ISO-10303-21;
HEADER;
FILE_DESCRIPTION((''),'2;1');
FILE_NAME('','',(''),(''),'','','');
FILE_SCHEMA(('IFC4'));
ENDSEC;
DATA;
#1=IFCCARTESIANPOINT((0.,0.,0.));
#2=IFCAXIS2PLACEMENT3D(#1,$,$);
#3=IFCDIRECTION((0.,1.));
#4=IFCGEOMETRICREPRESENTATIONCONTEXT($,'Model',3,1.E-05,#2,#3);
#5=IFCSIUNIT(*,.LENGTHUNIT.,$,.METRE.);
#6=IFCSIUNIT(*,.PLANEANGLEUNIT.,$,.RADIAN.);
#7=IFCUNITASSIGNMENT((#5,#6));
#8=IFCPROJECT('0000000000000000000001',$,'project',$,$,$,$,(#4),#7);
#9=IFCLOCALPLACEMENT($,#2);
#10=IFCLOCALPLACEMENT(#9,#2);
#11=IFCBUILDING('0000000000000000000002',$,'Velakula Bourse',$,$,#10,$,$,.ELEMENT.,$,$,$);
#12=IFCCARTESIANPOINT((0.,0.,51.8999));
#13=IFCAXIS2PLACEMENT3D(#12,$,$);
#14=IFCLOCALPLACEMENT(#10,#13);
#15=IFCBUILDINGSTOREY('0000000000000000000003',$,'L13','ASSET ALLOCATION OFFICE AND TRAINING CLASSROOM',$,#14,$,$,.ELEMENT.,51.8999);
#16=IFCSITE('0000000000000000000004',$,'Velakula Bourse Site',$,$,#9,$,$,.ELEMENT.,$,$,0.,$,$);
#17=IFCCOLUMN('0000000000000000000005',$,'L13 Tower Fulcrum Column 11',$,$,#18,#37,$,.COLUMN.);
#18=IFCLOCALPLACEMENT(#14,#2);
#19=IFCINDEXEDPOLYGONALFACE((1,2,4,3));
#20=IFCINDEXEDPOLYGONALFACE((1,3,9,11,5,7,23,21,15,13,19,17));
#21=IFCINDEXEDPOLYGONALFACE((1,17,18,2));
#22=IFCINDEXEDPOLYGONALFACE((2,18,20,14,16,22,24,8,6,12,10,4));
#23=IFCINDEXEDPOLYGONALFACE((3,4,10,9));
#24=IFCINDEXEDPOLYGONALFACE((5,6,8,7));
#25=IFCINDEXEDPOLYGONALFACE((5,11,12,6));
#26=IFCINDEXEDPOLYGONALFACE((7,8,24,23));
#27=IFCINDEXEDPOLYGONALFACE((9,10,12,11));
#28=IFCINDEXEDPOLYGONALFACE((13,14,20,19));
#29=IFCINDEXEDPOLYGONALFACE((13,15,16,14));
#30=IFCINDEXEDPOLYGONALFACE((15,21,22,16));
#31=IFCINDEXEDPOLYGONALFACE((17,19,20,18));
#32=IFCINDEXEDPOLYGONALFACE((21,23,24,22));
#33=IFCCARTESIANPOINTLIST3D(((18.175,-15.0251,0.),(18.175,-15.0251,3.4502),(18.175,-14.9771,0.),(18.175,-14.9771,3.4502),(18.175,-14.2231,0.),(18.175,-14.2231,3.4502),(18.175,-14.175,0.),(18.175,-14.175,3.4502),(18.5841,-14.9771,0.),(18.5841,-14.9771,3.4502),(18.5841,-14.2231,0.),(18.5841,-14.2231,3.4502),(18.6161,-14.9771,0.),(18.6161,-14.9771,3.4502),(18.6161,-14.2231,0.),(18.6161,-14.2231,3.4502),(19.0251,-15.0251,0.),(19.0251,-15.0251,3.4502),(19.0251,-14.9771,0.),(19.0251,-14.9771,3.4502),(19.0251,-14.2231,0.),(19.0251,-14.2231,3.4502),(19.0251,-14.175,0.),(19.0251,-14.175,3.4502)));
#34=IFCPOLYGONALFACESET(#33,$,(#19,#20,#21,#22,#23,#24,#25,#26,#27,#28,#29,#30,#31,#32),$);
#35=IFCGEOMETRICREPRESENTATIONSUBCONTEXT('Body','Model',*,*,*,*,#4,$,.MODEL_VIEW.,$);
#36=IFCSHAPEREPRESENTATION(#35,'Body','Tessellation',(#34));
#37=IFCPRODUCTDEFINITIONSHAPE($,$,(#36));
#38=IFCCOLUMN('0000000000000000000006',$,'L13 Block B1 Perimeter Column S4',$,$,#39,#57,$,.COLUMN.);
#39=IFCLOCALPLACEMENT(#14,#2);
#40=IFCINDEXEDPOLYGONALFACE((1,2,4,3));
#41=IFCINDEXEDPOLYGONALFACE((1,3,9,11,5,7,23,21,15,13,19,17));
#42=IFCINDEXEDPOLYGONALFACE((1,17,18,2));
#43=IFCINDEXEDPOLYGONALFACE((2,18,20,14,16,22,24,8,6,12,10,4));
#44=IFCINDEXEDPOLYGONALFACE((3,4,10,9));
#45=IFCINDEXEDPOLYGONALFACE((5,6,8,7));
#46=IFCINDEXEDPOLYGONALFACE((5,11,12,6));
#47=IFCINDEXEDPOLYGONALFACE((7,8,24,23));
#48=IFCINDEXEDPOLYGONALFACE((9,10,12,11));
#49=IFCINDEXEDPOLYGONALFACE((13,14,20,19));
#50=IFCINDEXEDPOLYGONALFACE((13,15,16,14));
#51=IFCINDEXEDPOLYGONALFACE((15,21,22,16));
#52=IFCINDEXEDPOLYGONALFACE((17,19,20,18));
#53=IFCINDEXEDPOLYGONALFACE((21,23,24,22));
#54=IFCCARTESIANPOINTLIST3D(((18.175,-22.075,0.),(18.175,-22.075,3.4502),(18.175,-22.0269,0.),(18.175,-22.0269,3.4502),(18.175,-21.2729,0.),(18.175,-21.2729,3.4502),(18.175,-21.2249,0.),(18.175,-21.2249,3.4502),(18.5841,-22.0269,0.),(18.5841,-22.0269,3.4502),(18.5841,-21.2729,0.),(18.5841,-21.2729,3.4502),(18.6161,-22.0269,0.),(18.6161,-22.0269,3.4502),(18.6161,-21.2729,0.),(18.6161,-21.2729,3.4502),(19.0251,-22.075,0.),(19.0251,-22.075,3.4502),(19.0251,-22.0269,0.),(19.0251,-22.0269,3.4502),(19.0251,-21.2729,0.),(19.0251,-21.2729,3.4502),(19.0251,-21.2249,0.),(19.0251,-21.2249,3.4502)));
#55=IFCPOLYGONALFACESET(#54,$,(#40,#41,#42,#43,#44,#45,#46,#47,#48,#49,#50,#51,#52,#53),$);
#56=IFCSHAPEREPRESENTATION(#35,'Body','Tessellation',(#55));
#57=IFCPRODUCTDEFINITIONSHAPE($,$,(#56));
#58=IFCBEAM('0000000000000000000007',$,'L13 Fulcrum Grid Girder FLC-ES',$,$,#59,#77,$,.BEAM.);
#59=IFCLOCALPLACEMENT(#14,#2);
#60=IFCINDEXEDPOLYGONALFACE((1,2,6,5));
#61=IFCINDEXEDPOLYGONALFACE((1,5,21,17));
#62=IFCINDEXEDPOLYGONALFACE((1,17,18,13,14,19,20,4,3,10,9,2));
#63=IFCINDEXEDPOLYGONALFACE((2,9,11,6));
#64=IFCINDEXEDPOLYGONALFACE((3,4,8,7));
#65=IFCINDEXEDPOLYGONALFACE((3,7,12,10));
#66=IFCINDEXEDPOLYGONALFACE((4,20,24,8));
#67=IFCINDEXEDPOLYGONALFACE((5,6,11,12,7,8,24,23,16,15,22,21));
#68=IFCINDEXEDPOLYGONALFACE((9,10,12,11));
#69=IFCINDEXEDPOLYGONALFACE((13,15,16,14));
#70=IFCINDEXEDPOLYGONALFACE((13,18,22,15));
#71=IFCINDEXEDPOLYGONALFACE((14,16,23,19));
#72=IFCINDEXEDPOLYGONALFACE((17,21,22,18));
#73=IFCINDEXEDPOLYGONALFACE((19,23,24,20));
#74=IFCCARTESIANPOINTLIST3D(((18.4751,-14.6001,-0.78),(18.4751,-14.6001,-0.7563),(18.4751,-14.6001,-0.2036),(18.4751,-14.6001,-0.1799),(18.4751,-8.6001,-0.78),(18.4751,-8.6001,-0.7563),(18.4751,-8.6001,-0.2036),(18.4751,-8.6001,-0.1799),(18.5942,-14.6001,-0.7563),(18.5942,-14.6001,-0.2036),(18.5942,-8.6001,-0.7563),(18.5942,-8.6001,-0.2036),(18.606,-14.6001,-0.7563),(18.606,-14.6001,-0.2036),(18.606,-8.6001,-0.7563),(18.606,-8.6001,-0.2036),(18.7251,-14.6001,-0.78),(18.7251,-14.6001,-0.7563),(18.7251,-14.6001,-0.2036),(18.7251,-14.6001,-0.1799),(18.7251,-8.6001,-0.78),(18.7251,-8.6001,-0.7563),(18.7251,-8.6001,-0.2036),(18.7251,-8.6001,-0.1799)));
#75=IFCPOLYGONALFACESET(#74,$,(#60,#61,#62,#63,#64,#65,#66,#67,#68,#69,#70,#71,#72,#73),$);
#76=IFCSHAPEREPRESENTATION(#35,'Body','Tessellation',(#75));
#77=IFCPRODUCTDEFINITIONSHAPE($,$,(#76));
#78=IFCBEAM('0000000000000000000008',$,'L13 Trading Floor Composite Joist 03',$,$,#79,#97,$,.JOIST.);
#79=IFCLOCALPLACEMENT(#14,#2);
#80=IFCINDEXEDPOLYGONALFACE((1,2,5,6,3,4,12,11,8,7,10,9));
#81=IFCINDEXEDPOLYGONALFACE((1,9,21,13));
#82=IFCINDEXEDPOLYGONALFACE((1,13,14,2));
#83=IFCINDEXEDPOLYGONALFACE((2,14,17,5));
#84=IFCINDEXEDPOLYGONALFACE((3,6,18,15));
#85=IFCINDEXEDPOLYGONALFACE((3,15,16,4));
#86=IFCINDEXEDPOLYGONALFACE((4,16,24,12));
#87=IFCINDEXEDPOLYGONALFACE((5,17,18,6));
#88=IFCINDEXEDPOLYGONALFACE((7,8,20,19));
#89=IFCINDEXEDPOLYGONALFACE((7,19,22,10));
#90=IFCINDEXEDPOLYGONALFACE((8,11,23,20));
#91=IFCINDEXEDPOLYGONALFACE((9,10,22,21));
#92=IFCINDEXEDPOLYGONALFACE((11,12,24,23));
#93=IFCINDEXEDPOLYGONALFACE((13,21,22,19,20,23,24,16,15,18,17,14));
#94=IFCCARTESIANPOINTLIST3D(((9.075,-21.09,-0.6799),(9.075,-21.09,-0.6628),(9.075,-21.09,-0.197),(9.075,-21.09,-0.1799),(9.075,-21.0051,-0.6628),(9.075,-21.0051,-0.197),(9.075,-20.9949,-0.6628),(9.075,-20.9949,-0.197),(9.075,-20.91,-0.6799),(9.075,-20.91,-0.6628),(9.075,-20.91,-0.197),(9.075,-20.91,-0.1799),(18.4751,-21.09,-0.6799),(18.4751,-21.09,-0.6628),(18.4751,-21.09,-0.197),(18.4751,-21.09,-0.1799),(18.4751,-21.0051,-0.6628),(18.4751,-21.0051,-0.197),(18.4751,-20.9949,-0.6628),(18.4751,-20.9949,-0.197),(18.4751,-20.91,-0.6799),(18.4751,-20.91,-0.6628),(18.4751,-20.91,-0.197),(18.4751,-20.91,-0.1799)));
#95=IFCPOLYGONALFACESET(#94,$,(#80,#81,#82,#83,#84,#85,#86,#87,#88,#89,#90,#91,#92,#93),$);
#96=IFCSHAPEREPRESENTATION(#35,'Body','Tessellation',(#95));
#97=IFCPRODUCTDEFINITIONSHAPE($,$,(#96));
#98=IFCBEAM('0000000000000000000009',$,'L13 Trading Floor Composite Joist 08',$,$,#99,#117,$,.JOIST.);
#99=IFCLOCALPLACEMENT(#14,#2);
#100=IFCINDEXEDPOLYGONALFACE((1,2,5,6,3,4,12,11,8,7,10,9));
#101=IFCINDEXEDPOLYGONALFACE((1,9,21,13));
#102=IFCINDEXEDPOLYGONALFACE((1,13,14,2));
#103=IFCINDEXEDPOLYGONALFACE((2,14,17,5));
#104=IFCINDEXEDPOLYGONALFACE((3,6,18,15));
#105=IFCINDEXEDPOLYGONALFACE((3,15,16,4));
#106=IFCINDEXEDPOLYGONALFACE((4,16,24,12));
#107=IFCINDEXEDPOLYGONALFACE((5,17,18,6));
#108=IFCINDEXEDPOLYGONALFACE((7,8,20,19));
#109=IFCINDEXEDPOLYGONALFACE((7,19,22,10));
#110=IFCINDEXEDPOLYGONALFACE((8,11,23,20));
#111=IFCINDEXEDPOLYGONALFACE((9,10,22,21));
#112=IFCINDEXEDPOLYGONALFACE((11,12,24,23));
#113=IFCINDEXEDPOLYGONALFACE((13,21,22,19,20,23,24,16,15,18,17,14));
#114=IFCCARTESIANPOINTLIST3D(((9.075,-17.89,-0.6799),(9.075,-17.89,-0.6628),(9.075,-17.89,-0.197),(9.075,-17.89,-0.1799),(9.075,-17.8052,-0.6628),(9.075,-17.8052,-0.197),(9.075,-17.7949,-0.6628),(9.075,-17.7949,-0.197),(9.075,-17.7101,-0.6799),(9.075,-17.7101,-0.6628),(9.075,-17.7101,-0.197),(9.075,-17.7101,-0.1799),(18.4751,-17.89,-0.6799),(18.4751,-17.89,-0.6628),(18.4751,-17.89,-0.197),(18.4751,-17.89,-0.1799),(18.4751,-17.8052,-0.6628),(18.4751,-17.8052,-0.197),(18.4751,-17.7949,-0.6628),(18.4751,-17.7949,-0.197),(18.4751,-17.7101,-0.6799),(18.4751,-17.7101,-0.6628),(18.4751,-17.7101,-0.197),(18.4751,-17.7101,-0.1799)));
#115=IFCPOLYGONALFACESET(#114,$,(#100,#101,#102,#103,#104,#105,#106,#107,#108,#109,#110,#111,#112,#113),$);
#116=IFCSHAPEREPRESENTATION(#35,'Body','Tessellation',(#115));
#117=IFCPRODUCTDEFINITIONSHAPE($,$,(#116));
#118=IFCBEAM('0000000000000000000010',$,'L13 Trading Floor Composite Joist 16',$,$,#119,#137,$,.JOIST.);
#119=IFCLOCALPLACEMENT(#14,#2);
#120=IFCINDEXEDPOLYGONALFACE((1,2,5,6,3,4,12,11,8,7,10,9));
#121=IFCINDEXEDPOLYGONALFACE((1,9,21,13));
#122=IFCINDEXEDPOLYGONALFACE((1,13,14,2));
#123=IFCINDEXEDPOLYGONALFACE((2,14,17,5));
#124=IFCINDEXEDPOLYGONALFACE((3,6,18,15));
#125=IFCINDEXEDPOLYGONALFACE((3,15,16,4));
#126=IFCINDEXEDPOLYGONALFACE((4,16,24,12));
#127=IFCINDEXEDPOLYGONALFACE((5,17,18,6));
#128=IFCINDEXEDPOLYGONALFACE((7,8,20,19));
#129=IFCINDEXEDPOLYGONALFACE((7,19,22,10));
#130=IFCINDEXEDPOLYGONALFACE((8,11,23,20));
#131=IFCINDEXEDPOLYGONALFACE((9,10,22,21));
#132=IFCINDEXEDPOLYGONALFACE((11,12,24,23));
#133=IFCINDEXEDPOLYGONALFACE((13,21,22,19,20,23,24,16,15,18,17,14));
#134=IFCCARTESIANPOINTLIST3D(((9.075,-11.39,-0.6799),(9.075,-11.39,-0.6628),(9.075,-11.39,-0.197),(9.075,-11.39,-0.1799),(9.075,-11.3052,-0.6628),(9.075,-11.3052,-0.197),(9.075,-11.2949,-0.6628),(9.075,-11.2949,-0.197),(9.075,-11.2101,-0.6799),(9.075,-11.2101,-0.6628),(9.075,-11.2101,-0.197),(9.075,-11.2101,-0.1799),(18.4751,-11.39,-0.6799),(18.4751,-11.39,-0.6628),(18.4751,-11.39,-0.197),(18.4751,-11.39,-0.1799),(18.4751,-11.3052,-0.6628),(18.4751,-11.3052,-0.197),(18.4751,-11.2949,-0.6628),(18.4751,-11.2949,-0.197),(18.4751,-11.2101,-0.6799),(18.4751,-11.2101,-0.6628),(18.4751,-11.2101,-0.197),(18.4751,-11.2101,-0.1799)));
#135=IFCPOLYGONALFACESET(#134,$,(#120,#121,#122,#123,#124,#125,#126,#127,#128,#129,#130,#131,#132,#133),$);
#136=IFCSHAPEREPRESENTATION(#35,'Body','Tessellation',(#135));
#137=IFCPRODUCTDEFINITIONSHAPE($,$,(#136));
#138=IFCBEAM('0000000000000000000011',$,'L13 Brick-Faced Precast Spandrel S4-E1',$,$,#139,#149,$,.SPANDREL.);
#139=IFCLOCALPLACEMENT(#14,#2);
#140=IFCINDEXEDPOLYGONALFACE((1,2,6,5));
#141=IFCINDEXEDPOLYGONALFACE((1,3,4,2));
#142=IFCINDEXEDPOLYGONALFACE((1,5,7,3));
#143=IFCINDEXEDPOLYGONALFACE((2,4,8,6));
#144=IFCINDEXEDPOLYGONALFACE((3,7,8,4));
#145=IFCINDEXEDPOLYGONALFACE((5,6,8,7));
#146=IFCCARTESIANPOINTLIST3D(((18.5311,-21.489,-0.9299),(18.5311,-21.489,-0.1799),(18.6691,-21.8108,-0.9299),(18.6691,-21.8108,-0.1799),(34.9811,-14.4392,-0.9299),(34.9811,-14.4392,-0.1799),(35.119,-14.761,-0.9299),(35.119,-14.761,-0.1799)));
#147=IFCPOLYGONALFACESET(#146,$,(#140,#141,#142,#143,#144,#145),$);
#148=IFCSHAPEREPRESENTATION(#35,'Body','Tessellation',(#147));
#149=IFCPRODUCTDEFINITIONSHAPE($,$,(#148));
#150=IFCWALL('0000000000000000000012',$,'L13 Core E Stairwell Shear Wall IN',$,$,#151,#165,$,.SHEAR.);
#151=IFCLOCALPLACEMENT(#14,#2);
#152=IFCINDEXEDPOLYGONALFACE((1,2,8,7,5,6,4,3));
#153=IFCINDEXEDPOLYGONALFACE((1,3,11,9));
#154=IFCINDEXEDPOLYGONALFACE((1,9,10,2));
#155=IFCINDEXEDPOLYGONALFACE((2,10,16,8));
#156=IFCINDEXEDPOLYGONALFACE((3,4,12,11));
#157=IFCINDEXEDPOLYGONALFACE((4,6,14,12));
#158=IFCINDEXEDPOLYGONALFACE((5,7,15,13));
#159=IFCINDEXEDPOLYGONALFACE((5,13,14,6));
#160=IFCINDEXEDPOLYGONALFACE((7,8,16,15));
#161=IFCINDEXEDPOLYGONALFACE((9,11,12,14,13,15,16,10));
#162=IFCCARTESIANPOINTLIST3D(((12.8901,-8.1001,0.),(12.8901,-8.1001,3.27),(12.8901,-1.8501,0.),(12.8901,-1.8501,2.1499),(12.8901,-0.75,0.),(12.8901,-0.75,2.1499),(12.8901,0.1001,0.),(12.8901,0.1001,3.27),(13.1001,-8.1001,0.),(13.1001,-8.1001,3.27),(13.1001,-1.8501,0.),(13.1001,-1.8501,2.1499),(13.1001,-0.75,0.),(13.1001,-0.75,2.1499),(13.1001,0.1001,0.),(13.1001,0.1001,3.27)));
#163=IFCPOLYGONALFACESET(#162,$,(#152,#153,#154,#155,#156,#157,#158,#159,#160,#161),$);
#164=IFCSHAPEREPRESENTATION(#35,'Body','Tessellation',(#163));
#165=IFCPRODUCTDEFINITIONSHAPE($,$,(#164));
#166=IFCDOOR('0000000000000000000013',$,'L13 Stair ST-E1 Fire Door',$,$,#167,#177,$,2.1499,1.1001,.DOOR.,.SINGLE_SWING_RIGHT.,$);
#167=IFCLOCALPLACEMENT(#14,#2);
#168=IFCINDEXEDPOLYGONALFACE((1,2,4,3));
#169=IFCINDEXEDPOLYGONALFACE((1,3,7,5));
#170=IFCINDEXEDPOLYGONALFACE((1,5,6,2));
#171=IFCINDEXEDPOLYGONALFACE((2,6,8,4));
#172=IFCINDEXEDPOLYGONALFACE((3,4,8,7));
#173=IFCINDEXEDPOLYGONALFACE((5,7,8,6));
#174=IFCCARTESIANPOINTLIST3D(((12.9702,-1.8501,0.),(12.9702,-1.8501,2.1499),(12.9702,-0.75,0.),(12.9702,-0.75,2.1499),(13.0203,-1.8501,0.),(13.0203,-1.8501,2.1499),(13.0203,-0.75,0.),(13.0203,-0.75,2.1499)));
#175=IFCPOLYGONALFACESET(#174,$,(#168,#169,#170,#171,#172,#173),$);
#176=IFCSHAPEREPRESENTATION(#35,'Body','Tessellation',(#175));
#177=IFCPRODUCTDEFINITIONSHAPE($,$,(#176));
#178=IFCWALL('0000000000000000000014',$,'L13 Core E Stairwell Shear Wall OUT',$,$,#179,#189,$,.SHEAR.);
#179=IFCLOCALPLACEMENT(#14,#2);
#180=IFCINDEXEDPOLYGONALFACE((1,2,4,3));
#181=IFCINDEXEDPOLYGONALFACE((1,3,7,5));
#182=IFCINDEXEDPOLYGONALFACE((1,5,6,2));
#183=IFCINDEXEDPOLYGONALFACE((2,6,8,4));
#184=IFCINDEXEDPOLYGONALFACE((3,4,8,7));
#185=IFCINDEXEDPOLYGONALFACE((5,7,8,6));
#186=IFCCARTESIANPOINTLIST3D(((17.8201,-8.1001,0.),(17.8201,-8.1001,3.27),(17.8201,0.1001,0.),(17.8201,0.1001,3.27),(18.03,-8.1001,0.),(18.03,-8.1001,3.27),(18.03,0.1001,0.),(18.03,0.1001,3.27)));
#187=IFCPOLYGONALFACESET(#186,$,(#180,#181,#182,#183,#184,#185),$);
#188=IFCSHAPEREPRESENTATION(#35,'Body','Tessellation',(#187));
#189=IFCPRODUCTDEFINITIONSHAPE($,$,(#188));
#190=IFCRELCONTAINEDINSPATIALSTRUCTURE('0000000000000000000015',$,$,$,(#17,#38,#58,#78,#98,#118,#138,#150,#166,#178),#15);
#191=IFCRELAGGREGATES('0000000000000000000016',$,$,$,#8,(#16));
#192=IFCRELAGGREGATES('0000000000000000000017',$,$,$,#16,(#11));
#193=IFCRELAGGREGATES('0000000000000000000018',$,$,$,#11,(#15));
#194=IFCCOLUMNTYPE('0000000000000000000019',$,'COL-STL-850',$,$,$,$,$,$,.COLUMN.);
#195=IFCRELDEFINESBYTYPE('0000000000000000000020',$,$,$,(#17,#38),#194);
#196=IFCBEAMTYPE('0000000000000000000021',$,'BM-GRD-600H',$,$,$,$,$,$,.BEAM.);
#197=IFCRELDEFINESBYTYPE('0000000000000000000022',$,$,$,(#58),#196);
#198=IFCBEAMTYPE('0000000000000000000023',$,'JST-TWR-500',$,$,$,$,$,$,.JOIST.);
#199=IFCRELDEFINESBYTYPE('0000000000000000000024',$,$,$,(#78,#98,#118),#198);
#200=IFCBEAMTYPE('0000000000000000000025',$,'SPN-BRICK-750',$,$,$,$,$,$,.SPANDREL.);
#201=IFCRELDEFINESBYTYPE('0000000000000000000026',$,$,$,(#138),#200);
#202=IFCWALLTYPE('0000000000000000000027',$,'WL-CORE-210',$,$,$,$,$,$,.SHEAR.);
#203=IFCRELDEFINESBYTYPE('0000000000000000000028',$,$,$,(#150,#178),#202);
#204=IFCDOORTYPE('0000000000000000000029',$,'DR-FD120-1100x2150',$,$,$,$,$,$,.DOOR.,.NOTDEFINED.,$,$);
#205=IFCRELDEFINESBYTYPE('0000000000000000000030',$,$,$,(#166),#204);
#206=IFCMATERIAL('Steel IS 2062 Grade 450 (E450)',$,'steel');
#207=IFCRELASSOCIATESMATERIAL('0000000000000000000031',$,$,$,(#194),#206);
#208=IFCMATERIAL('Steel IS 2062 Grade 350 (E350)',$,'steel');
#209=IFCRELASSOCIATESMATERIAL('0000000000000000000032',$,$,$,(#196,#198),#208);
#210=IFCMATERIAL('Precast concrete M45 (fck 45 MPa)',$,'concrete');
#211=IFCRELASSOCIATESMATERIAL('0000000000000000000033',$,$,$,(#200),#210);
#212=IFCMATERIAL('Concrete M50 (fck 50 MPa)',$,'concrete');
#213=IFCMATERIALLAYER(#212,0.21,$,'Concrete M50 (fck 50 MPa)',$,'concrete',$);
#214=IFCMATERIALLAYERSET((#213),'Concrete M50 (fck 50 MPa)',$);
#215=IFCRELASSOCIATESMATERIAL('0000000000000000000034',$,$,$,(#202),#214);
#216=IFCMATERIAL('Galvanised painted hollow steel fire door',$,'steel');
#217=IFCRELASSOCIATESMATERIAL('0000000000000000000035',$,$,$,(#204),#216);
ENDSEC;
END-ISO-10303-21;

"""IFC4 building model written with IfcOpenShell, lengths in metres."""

from ifc_helpers import new_model, si_unit, direction, frame, frame_2d, origin, origin_2d, place, context, subcontext, project, spatial, rectangle, i_section, extrude, material, layer, layer_set, material_profile, profile_set, type_object, element, fill, save


model = new_model("IFC4")

# Units and contexts
model_context = context("Model", 3, precision=1e-05, world=origin(), true_north=direction((0.0, 1.0)))
body_context = subcontext(model_context, "Body", "Model", "MODEL_VIEW")
ifc_project = project(units=[si_unit("LENGTHUNIT", "METRE"), si_unit("PLANEANGLEUNIT", "RADIAN")], contexts=[model_context])

# Site, building, storey
site_placement = place(None, origin())
site = spatial("IfcSite", under=ifc_project, at=site_placement, Name="Velakula Bourse Site", CompositionType="ELEMENT", RefElevation=0.0)
building_placement = place(site_placement, origin())
building = spatial("IfcBuilding", under=site, at=building_placement, Name="Velakula Bourse", CompositionType="ELEMENT")
storey_placement = place(building_placement, frame((0.0, 0.0, 51.8999)))
storey = spatial("IfcBuildingStorey", under=building, at=storey_placement, Name="L13", Description="ASSET ALLOCATION OFFICE AND TRAINING CLASSROOM", CompositionType="ELEMENT", Elevation=51.8999)

# Columns
ifc_material_1 = material(Name="Steel IS 2062 Grade 450 (E450)", Category="steel")
ifc_material_profile_1 = material_profile(ifc_material_1, i_section(OverallWidth=0.8501, OverallDepth=0.8501, WebThickness=0.032, FlangeThickness=0.0481, at=origin_2d()), Name="Steel IS 2062 Grade 450 (E450)")
ifc_profile_set_1 = profile_set([ifc_material_profile_1], Name="Steel IS 2062 Grade 450 (E450)")
column_type = type_object("IfcColumnType", Name="COL-STL-850", PredefinedType="COLUMN", material=ifc_profile_set_1)
for number, where, z_axis, x_axis, name in (
    (1, (18.6001, -14.6001, 0.0), (0.0, 0.0, 1.0), (1.0, 0.0, 0.0), "L13 Tower Fulcrum Column 11"),
    (2, (18.6001, -21.6499, 0.0), (0.0, 0.0, 1.0), (1.0, 0.0, 0.0), "L13 Block B1 Perimeter Column S4"),
):
    element("IfcColumn", number, at=place(storey_placement, frame(where, z_axis=z_axis, x_axis=x_axis)), inside=storey, type_object=column_type, Name=name, PredefinedType="COLUMN", context=body_context, shape_type="SweptSolid", body=[
        extrude(i_section(OverallWidth=0.8501, OverallDepth=0.8501, WebThickness=0.032, FlangeThickness=0.0481, at=origin_2d()), origin(), (0.0, 0.0, 1.0), 3.4502),
    ])

# Beams
ifc_material_2 = material(Name="Steel IS 2062 Grade 350 (E350)", Category="steel")
ifc_material_profile_2 = material_profile(ifc_material_2, i_section(OverallWidth=0.25, OverallDepth=0.6001, WebThickness=0.0117, FlangeThickness=0.0237, at=origin_2d()), Name="Steel IS 2062 Grade 350 (E350)")
ifc_profile_set_2 = profile_set([ifc_material_profile_2], Name="Steel IS 2062 Grade 350 (E350)")
beam_type_1 = type_object("IfcBeamType", Name="BM-GRD-600H", PredefinedType="BEAM", material=ifc_profile_set_2)
beam_1_placement = place(storey_placement, frame((18.6001, -14.6001, -0.48), z_axis=(0.0, 1.0, 0.0), x_axis=(-1.0, 0.0, 0.0)))
element("IfcBeam", 3, at=beam_1_placement, inside=storey, type_object=beam_type_1, Name="L13 Fulcrum Grid Girder FLC-ES", PredefinedType="BEAM", context=body_context, shape_type="SweptSolid", body=[
    extrude(i_section(OverallWidth=0.25, OverallDepth=0.6001, WebThickness=0.0117, FlangeThickness=0.0237, at=origin_2d()), origin(), (0.0, 0.0, 1.0), 6.0),
])
ifc_material_profile_3 = material_profile(ifc_material_2, i_section(OverallWidth=0.1799, OverallDepth=0.5, WebThickness=0.0103, FlangeThickness=0.0171, at=origin_2d()), Name="Steel IS 2062 Grade 350 (E350)")
ifc_profile_set_3 = profile_set([ifc_material_profile_3], Name="Steel IS 2062 Grade 350 (E350)")
beam_type_2 = type_object("IfcBeamType", Name="JST-TWR-500", PredefinedType="JOIST", material=ifc_profile_set_3)
for number, where, z_axis, x_axis, name in (
    (4, (9.075, -21.0, -0.4299), (1.0, 0.0, 0.0), (0.0, 1.0, 0.0), "L13 Trading Floor Composite Joist 03"),
    (5, (9.075, -17.8, -0.4299), (1.0, 0.0, 0.0), (0.0, 1.0, 0.0), "L13 Trading Floor Composite Joist 08"),
    (6, (9.075, -11.3, -0.4299), (1.0, 0.0, 0.0), (0.0, 1.0, 0.0), "L13 Trading Floor Composite Joist 16"),
):
    element("IfcBeam", number, at=place(storey_placement, frame(where, z_axis=z_axis, x_axis=x_axis)), inside=storey, type_object=beam_type_2, Name=name, PredefinedType="JOIST", context=body_context, shape_type="SweptSolid", body=[
        extrude(i_section(OverallWidth=0.1799, OverallDepth=0.5, WebThickness=0.0103, FlangeThickness=0.0171, at=origin_2d()), origin(), (0.0, 0.0, 1.0), 9.4001),
    ])
ifc_material_3 = material(Name="Precast concrete M45 (fck 45 MPa)", Category="concrete")
ifc_material_profile_4 = material_profile(ifc_material_3, rectangle(XDim=0.3501, YDim=0.75, at=origin_2d()), Name="Precast concrete M45 (fck 45 MPa)")
ifc_profile_set_4 = profile_set([ifc_material_profile_4], Name="Precast concrete M45 (fck 45 MPa)")
beam_type_3 = type_object("IfcBeamType", Name="SPN-BRICK-750", PredefinedType="SPANDREL", material=ifc_profile_set_4)
beam_2_placement = place(storey_placement, frame((18.6001, -21.6499, -0.5549), z_axis=(0.919149, 0.393911, 0.0), x_axis=(-0.393911, 0.919149, 0.0)))
element("IfcBeam", 7, at=beam_2_placement, inside=storey, type_object=beam_type_3, Name="L13 Brick-Faced Precast Spandrel S4-E1", PredefinedType="SPANDREL", context=body_context, shape_type="SweptSolid", body=[
    extrude(rectangle(XDim=0.3501, YDim=0.75, at=origin_2d()), origin(), (0.0, 0.0, 1.0), 17.897),
])

# Wall, opening, door
ifc_material_4 = material(Name="Concrete M50 (fck 50 MPa)", Category="concrete")
ifc_layer_1 = layer(ifc_material_4, 0.21, Name="Concrete M50 (fck 50 MPa)", Category="concrete")
ifc_layer_set_1 = layer_set([ifc_layer_1], Name="Concrete M50 (fck 50 MPa)")
wall_type_1 = type_object("IfcWallType", Name="WL-CORE-210", PredefinedType="SHEAR", material=ifc_layer_set_1)
wall_1_placement = place(storey_placement, frame((12.9951, -8.1001, 0.0), z_axis=(0.0, 0.0, 1.0), x_axis=(0.0, 1.0, 0.0)))
wall_1 = element("IfcWall", 8, at=wall_1_placement, inside=storey, type_object=wall_type_1, Name="L13 Core E Stairwell Shear Wall IN", PredefinedType="SHEAR", context=body_context, shape_type="SweptSolid", body=[
    extrude(rectangle(XDim=8.2002, YDim=0.21, at=frame_2d((4.1001, 0.0))), origin(), (0.0, 0.0, 1.0), 3.27),
])
opening_1_placement = place(wall_1_placement, frame((6.25, 0.0, 0.0)))
opening_1 = element("IfcOpeningElement", 9, at=opening_1_placement, cuts=wall_1, PredefinedType="OPENING", context=body_context, shape_type="SweptSolid", body=[
    extrude(rectangle(XDim=1.1001, YDim=2.1499, at=frame_2d((0.55, 1.075))), frame((0.0, 0.115, 0.0), z_axis=(0.0, -1.0, 0.0), x_axis=(1.0, 0.0, 0.0)), (0.0, 0.0, 1.0), 0.23),
])
ifc_material_5 = material(Name="Galvanised painted hollow steel fire door", Category="steel")
door_type_1 = type_object("IfcDoorType", Name="DR-FD120-1100x2150", OperationType="NOTDEFINED", PredefinedType="DOOR", material=ifc_material_5)
door_1_placement = place(opening_1_placement, origin())
door_1 = element("IfcDoor", 10, at=door_1_placement, inside=storey, type_object=door_type_1, Name="L13 Stair ST-E1 Fire Door", OperationType="SINGLE_SWING_RIGHT", OverallHeight=2.1499, OverallWidth=1.1001, PredefinedType="DOOR", context=body_context, shape_type="SweptSolid", body=[
    extrude(rectangle(XDim=1.1001, YDim=2.1499, at=frame_2d((0.55, 1.075))), frame((0.0, 0.0249, 0.0), z_axis=(0.0, -1.0, 0.0), x_axis=(1.0, 0.0, 0.0)), (0.0, 0.0, 1.0), 0.05),
])
fill(opening_1, door_1)

# Wall
wall_2_placement = place(storey_placement, frame((17.925, -8.1001, 0.0), z_axis=(0.0, 0.0, 1.0), x_axis=(0.0, 1.0, 0.0)))
element("IfcWall", 11, at=wall_2_placement, inside=storey, type_object=wall_type_1, Name="L13 Core E Stairwell Shear Wall OUT", PredefinedType="SHEAR", context=body_context, shape_type="SweptSolid", body=[
    extrude(rectangle(XDim=8.2002, YDim=0.21, at=frame_2d((4.1001, 0.0))), origin(), (0.0, 0.0, 1.0), 3.27),
])

save(model, "model.ifc")
